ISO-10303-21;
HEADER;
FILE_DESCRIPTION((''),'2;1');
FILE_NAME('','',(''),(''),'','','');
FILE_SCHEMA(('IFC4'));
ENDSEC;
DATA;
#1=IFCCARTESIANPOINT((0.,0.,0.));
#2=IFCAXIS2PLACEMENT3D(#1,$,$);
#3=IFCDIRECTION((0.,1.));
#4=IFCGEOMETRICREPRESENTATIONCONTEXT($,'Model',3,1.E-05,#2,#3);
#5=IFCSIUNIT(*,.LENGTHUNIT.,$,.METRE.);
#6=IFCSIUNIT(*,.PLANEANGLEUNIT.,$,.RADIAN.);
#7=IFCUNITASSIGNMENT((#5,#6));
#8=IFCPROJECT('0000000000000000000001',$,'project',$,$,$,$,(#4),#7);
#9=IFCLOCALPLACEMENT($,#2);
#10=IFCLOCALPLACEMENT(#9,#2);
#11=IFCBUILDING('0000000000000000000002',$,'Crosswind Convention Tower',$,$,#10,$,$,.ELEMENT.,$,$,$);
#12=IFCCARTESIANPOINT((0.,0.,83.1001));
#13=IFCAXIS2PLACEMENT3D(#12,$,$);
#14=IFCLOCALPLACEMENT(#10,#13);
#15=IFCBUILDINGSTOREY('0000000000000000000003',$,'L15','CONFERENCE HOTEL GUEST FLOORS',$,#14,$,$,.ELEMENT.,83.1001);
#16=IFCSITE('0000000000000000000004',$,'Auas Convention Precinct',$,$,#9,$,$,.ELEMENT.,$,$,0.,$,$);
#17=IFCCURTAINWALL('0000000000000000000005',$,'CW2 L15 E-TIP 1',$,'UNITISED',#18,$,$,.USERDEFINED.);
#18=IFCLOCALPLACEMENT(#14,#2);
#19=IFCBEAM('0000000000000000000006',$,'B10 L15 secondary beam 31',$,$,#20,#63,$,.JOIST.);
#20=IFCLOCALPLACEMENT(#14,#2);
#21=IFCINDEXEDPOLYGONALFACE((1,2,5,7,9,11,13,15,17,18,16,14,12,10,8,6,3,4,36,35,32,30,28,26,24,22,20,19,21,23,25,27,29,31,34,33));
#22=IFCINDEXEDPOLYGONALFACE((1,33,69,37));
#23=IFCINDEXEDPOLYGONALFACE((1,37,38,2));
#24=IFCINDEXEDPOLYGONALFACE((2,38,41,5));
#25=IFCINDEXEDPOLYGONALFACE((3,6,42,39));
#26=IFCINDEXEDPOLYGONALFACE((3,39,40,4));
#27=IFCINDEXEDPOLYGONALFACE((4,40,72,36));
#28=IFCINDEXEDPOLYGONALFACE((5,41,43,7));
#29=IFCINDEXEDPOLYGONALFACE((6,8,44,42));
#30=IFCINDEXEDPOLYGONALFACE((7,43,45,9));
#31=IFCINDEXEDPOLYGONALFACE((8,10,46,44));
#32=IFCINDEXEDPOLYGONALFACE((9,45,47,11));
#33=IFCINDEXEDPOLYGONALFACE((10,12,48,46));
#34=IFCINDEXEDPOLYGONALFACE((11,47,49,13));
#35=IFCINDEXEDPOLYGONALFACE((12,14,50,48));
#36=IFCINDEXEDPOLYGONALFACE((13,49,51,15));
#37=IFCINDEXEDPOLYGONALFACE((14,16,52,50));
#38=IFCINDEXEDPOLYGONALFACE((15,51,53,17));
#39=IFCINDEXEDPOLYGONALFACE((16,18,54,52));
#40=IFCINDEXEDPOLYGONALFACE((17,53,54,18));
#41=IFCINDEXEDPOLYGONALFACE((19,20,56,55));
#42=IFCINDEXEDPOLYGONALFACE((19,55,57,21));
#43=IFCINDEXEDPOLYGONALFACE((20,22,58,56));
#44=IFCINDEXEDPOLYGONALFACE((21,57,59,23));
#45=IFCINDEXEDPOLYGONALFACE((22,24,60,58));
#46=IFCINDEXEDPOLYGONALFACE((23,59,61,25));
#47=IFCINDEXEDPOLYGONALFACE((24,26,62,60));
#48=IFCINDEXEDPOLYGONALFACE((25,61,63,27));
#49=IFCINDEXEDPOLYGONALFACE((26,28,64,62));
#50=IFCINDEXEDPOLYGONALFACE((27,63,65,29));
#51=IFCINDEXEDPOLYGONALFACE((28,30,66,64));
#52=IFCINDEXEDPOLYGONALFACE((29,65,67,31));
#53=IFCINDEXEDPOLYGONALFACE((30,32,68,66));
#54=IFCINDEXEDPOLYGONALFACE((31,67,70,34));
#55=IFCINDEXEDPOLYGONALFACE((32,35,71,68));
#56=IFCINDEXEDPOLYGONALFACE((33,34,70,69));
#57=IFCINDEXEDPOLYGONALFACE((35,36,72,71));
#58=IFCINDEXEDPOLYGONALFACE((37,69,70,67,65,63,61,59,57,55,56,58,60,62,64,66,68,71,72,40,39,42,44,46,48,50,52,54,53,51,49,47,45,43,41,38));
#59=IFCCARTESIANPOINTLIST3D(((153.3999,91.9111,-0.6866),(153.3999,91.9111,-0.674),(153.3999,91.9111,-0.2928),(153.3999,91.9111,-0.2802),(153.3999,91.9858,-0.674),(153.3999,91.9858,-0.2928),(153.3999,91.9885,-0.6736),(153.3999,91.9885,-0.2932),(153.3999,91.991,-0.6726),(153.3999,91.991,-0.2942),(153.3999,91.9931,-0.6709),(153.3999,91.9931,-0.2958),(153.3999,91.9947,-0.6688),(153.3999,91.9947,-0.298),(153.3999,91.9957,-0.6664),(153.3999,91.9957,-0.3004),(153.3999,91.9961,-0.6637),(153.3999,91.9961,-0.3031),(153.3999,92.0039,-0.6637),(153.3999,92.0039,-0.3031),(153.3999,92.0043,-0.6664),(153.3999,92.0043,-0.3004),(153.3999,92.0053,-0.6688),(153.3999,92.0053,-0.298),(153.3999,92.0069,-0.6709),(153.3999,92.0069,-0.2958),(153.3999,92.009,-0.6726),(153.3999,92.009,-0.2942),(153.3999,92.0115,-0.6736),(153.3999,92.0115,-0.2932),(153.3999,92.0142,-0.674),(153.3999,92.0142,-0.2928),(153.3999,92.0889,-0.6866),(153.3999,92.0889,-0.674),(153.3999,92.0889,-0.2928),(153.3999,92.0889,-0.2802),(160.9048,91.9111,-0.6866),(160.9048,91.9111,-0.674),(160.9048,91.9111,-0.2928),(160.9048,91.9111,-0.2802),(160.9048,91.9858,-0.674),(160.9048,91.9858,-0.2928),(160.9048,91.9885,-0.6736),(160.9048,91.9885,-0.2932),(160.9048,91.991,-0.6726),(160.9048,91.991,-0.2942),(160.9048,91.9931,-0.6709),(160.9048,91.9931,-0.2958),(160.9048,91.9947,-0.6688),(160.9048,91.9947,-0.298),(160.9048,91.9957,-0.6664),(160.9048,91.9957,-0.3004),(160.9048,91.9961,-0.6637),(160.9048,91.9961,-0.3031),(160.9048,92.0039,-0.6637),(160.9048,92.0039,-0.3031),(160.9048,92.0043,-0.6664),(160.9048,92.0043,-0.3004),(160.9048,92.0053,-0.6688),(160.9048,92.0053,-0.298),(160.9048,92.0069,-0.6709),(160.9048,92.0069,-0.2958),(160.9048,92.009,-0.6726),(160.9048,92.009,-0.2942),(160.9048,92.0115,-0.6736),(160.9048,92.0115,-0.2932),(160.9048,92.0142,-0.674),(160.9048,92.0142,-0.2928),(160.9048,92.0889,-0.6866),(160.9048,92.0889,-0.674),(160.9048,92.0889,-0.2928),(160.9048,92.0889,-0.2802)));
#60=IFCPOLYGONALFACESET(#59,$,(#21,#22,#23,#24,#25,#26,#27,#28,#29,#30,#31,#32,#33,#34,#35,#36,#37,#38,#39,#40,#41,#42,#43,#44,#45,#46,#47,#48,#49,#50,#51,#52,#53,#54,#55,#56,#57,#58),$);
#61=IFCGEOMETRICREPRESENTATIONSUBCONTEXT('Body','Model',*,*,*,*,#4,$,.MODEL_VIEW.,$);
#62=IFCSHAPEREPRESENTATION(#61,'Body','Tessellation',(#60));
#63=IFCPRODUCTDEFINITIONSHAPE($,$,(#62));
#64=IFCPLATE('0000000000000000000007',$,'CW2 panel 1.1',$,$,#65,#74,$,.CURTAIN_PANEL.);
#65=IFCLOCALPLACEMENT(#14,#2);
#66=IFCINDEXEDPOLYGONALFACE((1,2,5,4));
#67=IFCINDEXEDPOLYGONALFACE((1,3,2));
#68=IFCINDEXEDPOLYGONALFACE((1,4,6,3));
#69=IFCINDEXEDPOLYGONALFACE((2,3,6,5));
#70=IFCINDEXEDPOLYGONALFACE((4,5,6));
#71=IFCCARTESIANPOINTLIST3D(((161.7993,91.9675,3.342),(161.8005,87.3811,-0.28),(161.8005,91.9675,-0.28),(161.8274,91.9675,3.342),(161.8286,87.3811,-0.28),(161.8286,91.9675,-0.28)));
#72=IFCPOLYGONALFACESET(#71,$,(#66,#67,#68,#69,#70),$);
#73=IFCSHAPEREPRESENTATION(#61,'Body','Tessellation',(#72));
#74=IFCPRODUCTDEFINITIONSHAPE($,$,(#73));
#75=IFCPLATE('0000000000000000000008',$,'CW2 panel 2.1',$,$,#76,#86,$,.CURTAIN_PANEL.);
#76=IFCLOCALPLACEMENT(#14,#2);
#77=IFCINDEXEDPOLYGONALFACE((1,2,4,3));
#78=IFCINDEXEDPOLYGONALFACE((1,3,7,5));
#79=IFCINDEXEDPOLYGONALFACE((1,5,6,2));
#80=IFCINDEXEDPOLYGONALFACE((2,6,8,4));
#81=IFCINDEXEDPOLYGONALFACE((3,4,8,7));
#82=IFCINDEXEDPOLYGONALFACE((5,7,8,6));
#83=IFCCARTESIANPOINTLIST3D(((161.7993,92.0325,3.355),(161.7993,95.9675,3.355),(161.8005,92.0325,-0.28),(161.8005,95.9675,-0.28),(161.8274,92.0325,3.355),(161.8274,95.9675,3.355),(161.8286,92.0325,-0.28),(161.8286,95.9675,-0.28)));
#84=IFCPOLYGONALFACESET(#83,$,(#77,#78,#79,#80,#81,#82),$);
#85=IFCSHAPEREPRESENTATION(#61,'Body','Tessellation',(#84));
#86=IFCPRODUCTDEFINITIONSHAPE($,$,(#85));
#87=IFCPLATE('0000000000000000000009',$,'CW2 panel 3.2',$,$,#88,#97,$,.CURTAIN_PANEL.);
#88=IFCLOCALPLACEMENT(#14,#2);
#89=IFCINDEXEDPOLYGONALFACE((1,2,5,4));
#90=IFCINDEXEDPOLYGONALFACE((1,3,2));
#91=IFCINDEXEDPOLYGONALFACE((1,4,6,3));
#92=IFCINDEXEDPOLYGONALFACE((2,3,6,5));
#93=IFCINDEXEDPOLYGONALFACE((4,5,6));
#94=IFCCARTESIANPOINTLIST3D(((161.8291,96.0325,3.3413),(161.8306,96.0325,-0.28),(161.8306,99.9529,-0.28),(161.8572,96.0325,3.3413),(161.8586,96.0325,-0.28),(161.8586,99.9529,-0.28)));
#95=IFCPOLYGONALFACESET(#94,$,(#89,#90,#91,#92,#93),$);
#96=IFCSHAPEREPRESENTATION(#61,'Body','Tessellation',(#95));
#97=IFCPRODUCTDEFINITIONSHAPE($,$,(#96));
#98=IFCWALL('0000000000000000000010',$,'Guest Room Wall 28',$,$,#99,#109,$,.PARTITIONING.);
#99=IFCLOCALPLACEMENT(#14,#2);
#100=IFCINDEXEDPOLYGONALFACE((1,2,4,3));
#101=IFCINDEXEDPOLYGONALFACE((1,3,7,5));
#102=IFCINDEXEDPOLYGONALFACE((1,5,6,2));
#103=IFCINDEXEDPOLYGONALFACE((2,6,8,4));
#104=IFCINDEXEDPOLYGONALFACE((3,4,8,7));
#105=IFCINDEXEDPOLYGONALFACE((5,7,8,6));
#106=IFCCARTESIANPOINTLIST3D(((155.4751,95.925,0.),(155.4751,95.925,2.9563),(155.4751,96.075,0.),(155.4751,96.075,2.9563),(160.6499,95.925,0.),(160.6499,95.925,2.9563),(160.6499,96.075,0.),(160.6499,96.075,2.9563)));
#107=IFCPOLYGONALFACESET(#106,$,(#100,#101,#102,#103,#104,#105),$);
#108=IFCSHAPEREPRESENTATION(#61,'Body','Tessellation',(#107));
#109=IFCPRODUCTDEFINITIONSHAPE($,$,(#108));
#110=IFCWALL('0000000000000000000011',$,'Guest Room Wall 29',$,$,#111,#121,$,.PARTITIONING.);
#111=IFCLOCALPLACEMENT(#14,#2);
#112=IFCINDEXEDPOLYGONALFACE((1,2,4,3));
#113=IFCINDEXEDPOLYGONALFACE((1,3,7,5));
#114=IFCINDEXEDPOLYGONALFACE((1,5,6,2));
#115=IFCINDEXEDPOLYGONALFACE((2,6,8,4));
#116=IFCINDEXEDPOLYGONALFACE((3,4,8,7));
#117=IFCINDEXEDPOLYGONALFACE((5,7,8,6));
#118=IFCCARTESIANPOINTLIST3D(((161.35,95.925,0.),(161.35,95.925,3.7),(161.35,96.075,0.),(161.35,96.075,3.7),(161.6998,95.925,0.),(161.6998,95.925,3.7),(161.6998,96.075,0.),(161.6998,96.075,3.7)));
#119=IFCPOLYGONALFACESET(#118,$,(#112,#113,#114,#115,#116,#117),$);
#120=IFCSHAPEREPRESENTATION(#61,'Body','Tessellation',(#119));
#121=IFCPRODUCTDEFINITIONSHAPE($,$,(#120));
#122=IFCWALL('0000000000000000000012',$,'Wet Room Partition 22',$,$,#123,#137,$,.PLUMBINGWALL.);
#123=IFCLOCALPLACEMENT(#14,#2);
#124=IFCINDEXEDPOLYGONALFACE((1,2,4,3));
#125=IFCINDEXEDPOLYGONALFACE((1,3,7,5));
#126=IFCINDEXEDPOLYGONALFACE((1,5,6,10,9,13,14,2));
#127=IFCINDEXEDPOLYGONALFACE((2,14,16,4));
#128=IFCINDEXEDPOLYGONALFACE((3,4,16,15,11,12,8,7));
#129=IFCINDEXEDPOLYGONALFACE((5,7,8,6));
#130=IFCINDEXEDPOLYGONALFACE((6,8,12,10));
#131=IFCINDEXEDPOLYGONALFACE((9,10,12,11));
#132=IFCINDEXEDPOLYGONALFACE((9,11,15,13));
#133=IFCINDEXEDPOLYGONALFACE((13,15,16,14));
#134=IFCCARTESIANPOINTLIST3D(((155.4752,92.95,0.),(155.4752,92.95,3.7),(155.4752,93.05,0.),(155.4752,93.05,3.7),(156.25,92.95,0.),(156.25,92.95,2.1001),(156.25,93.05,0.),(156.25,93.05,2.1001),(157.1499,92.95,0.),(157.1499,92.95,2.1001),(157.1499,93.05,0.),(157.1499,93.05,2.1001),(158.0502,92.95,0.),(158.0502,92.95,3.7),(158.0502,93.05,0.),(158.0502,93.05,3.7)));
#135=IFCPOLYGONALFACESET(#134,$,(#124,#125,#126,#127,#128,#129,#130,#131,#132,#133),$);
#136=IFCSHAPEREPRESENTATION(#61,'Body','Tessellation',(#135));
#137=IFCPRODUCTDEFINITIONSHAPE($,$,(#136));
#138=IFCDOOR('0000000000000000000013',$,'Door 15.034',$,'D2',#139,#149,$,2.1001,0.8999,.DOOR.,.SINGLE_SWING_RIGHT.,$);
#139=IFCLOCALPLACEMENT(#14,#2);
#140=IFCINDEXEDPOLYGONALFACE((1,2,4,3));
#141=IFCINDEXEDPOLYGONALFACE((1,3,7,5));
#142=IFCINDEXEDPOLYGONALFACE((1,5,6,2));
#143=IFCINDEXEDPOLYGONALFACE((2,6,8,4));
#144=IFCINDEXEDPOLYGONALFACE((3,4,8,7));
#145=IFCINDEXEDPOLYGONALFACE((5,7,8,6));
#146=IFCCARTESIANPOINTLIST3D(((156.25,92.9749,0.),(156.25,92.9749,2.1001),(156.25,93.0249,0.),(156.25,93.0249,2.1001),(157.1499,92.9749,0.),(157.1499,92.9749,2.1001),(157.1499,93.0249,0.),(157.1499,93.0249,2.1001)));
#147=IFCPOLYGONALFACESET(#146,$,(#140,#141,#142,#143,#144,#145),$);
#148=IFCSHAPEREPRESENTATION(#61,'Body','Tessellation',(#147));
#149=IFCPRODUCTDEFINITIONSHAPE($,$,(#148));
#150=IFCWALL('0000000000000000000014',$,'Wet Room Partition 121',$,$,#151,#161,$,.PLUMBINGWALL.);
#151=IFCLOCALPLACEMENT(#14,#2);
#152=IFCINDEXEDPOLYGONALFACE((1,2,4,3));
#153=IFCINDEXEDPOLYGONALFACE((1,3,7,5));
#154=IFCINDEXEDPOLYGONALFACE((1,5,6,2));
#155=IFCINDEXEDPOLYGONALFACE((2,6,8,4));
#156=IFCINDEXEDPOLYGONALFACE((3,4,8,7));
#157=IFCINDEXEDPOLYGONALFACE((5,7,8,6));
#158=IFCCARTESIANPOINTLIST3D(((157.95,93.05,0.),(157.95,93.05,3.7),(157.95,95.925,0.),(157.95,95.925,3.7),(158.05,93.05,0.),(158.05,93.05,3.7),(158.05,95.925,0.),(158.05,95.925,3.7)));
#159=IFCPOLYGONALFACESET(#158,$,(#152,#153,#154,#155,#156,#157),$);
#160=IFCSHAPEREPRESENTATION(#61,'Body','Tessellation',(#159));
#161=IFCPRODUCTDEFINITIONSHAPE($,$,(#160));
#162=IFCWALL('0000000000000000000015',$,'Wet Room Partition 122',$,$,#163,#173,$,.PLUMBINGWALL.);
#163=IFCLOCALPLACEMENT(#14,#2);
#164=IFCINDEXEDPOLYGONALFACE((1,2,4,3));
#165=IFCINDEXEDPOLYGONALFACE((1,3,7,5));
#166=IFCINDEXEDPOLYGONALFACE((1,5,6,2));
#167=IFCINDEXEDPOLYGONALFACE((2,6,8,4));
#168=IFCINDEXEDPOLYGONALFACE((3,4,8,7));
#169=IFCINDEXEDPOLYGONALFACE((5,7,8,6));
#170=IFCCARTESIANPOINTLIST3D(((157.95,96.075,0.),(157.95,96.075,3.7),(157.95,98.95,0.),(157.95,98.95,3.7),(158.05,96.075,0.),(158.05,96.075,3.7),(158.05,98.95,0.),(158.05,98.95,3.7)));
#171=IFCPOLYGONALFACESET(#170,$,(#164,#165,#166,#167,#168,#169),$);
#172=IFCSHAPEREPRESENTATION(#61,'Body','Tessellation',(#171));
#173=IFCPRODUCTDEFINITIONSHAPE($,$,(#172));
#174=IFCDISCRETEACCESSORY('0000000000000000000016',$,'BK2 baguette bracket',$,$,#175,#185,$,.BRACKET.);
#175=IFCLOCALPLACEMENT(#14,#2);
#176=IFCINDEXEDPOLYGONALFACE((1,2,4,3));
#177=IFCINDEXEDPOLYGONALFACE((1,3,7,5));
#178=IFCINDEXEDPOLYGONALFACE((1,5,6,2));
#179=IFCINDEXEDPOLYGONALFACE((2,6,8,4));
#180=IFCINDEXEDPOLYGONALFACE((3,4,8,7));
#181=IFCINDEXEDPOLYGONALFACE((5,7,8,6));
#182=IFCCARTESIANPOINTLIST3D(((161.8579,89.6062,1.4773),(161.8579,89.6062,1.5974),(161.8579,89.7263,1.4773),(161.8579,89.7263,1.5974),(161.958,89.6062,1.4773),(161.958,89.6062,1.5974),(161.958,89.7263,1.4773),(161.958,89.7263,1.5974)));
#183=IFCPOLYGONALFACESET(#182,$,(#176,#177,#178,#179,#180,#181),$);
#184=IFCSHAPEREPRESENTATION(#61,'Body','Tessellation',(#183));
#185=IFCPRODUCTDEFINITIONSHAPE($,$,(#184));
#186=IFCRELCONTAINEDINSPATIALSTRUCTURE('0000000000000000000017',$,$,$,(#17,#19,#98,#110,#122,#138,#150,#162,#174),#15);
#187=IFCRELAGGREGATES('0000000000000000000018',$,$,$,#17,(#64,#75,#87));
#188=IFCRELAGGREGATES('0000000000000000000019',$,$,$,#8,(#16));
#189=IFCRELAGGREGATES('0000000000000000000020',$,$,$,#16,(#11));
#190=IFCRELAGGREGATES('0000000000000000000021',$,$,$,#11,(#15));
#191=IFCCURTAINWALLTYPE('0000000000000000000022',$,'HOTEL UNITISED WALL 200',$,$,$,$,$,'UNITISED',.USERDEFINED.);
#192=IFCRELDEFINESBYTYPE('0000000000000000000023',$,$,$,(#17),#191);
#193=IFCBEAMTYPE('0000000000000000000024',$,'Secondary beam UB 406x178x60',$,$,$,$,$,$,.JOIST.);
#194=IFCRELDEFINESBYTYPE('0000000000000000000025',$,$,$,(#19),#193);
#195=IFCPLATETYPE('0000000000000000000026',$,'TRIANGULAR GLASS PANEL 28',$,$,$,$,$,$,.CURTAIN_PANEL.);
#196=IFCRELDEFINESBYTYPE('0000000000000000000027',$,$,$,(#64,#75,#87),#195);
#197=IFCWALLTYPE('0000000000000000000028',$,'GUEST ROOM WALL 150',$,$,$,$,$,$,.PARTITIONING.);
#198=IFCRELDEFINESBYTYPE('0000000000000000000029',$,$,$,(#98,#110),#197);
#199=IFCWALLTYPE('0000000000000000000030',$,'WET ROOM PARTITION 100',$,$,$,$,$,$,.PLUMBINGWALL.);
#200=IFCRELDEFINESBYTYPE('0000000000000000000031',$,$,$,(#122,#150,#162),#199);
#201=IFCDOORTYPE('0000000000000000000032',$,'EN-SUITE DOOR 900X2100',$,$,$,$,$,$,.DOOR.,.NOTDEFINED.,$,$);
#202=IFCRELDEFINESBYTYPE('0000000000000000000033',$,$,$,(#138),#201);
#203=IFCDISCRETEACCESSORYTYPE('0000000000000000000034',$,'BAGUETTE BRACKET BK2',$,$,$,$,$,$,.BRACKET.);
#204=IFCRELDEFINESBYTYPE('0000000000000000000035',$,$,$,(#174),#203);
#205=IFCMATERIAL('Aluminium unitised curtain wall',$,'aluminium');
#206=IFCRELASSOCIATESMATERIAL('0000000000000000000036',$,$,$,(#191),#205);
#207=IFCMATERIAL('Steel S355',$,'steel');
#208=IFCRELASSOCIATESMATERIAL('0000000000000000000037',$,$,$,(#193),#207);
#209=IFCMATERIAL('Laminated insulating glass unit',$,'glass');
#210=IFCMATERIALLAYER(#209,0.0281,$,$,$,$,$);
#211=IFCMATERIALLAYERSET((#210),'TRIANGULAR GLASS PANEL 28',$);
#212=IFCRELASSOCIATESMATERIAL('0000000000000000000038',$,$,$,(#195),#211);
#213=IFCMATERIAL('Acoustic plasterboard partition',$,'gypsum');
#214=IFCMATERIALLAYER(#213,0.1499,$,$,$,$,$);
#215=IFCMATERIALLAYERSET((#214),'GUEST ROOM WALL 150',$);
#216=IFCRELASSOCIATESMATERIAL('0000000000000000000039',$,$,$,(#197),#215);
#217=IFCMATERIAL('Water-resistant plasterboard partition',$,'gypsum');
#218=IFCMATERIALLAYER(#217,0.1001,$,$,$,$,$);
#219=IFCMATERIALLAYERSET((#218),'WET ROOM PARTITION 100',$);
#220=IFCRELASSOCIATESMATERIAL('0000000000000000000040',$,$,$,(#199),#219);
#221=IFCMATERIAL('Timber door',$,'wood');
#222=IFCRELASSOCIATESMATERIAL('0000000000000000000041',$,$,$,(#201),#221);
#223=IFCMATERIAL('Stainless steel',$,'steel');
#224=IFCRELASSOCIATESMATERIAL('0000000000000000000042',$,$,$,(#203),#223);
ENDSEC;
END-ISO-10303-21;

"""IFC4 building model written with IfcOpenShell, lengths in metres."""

from ifc_helpers import new_model, si_unit, direction, frame, frame_2d, origin, origin_2d, place, context, subcontext, project, spatial, polyline, rectangle, i_section, outline, extrude, material, layer, layer_set, material_profile, profile_set, type_object, element, fill, aggregate, save


model = new_model("IFC4")

# Units and contexts
model_context = context("Model", 3, precision=1e-05, world=origin(), true_north=direction((0.0, 1.0)))
body_context = subcontext(model_context, "Body", "Model", "MODEL_VIEW")
ifc_project = project(units=[si_unit("LENGTHUNIT", "METRE"), si_unit("PLANEANGLEUNIT", "RADIAN")], contexts=[model_context])

# Site, building, storey
site_placement = place(None, origin())
site = spatial("IfcSite", under=ifc_project, at=site_placement, Name="Auas Convention Precinct", CompositionType="ELEMENT", RefElevation=0.0)
building_placement = place(site_placement, origin())
building = spatial("IfcBuilding", under=site, at=building_placement, Name="Crosswind Convention Tower", CompositionType="ELEMENT")
storey_placement = place(building_placement, frame((0.0, 0.0, 83.1001)))
storey = spatial("IfcBuildingStorey", under=building, at=storey_placement, Name="L15", Description="CONFERENCE HOTEL GUEST FLOORS", CompositionType="ELEMENT", Elevation=83.1001)

# Shared definitions
ifc_material_1 = material(Name="Steel S355", Category="steel")

# Curtain wall
ifc_material_2 = material(Name="Aluminium unitised curtain wall", Category="aluminium")
curtain_wall_type = type_object("IfcCurtainWallType", Name="HOTEL UNITISED WALL 200", ElementType="UNITISED", PredefinedType="USERDEFINED", material=ifc_material_2)
curtain_wall_placement = place(storey_placement, origin())
curtain_wall = element("IfcCurtainWall", 1, at=curtain_wall_placement, inside=storey, type_object=curtain_wall_type, Name="CW2 L15 E-TIP 1", ObjectType="UNITISED", PredefinedType="USERDEFINED")

# Beam
ifc_material_profile_1 = material_profile(ifc_material_1, i_section(OverallWidth=0.1777, OverallDepth=0.4065, WebThickness=0.0078, FlangeThickness=0.0127, FilletRadius=0.0103, at=origin_2d()), Name="UB 406x178x60")
ifc_profile_set_1 = profile_set([ifc_material_profile_1], Name="Steel S355")
beam_type_1 = type_object("IfcBeamType", Name="Secondary beam UB 406x178x60", PredefinedType="JOIST", material=ifc_profile_set_1)
beam_1_placement = place(storey_placement, frame((153.3999, 92.0, -0.4834), z_axis=(1.0, 0.0, 0.0), x_axis=(0.0, 1.0, 0.0)))
element("IfcBeam", 2, at=beam_1_placement, inside=storey, type_object=beam_type_1, Name="B10 L15 secondary beam 31", PredefinedType="JOIST", context=body_context, shape_type="SweptSolid", body=[
    extrude(i_section(OverallWidth=0.1777, OverallDepth=0.4065, WebThickness=0.0078, FlangeThickness=0.0127, FilletRadius=0.0103, at=origin_2d()), origin(), (0.0, 0.0, 1.0), 7.5049),
])

# Plates
ifc_material_3 = material(Name="Laminated insulating glass unit", Category="glass")
ifc_layer_1 = layer(ifc_material_3, 0.0281)
ifc_layer_set_1 = layer_set([ifc_layer_1], Name="TRIANGULAR GLASS PANEL 28")
plate_type = type_object("IfcPlateType", Name="TRIANGULAR GLASS PANEL 28", PredefinedType="CURTAIN_PANEL", material=ifc_layer_set_1)
plate_1_placement = place(storey_placement, frame((161.8286, 91.9675, -0.28), z_axis=(1.0, 0.0, 0.000337), x_axis=(-0.000337, 0.0, 1.0)))
plate_1 = element("IfcPlate", 3, at=plate_1_placement, type_object=plate_type, Name="CW2 panel 1.1", PredefinedType="CURTAIN_PANEL", context=body_context, shape_type="SweptSolid", body=[
    extrude(outline(polyline([(0.0, 0.0), (3.6221, 0.0), (0.0, 4.5864), (0.0, 0.0)])), origin(), (0.0, 0.0, -1.0), 0.0281),
])
plate_2_placement = place(storey_placement, frame((161.8286, 92.0325, -0.28), z_axis=(1.0, 0.0, 0.000336), x_axis=(0.0, 1.0, 0.0)))
plate_2 = element("IfcPlate", 4, at=plate_2_placement, type_object=plate_type, Name="CW2 panel 2.1", PredefinedType="CURTAIN_PANEL", context=body_context, shape_type="SweptSolid", body=[
    extrude(outline(polyline([(0.0, 0.0), (3.9351, 0.0), (3.9351, 3.635), (0.0, 3.635), (0.0, 0.0)])), origin(), (0.0, 0.0, -1.0), 0.0281),
])
plate_3_placement = place(storey_placement, frame((161.8586, 96.0325, -0.28), z_axis=(1.0, 0.0, 0.000405), x_axis=(0.0, 1.0, 0.0)))
plate_3 = element("IfcPlate", 5, at=plate_3_placement, type_object=plate_type, Name="CW2 panel 3.2", PredefinedType="CURTAIN_PANEL", context=body_context, shape_type="SweptSolid", body=[
    extrude(outline(polyline([(0.0, 0.0), (3.9204, 0.0), (0.0, 3.6213), (0.0, 0.0)])), origin(), (0.0, 0.0, -1.0), 0.0281),
])
aggregate(curtain_wall, [plate_1, plate_2, plate_3])

# Walls
ifc_material_4 = material(Name="Acoustic plasterboard partition", Category="gypsum")
ifc_layer_2 = layer(ifc_material_4, 0.1499)
ifc_layer_set_2 = layer_set([ifc_layer_2], Name="GUEST ROOM WALL 150")
wall_type_1 = type_object("IfcWallType", Name="GUEST ROOM WALL 150", PredefinedType="PARTITIONING", material=ifc_layer_set_2)
wall_1_placement = place(storey_placement, frame((155.4751, 96.0, 0.0), z_axis=(0.0, 0.0, 1.0), x_axis=(1.0, 0.0, 0.0)))
element("IfcWall", 6, at=wall_1_placement, inside=storey, type_object=wall_type_1, Name="Guest Room Wall 28", PredefinedType="PARTITIONING", context=body_context, shape_type="SweptSolid", body=[
    extrude(rectangle(XDim=5.1748, YDim=0.1499, at=frame_2d((2.5874, 0.0))), origin(), (0.0, 0.0, 1.0), 2.9563),
])
wall_2_placement = place(storey_placement, frame((161.3501, 96.0, 0.0), z_axis=(0.0, 0.0, 1.0), x_axis=(1.0, 0.0, 0.0)))
element("IfcWall", 7, at=wall_2_placement, inside=storey, type_object=wall_type_1, Name="Guest Room Wall 29", PredefinedType="PARTITIONING", context=body_context, shape_type="SweptSolid", body=[
    extrude(rectangle(XDim=0.3499, YDim=0.1499, at=frame_2d((0.1748, 0.0))), origin(), (0.0, 0.0, 1.0), 3.7),
])

# Wall, opening, door
ifc_material_5 = material(Name="Water-resistant plasterboard partition", Category="gypsum")
ifc_layer_3 = layer(ifc_material_5, 0.1001)
ifc_layer_set_3 = layer_set([ifc_layer_3], Name="WET ROOM PARTITION 100")
wall_type_2 = type_object("IfcWallType", Name="WET ROOM PARTITION 100", PredefinedType="PLUMBINGWALL", material=ifc_layer_set_3)
wall_3_placement = place(storey_placement, frame((155.4751, 93.0, 0.0), z_axis=(0.0, 0.0, 1.0), x_axis=(1.0, 0.0, 0.0)))
wall_3 = element("IfcWall", 8, at=wall_3_placement, inside=storey, type_object=wall_type_2, Name="Wet Room Partition 22", PredefinedType="PLUMBINGWALL", context=body_context, shape_type="SweptSolid", body=[
    extrude(rectangle(XDim=2.575, YDim=0.1001, at=frame_2d((1.2876, 0.0))), origin(), (0.0, 0.0, 1.0), 3.7),
])
opening_1_placement = place(wall_3_placement, frame((0.7749, 0.0, 0.0)))
opening_1 = element("IfcOpeningElement", 9, at=opening_1_placement, cuts=wall_3, PredefinedType="OPENING", context=body_context, shape_type="SweptSolid", body=[
    extrude(rectangle(XDim=0.8999, YDim=2.1001, at=frame_2d((0.45, 1.05))), frame((0.0, 0.0601, 0.0), z_axis=(0.0, -1.0, 0.0), x_axis=(1.0, 0.0, 0.0)), (0.0, 0.0, 1.0), 0.1201),
])
ifc_material_6 = material(Name="Timber door", Category="wood")
door_type_1 = type_object("IfcDoorType", Name="EN-SUITE DOOR 900X2100", OperationType="NOTDEFINED", PredefinedType="DOOR", material=ifc_material_6)
door_1_placement = place(opening_1_placement, origin())
door_1 = element("IfcDoor", 10, at=door_1_placement, inside=storey, type_object=door_type_1, Name="Door 15.034", ObjectType="D2", OperationType="SINGLE_SWING_RIGHT", OverallHeight=2.1001, OverallWidth=0.8999, PredefinedType="DOOR", context=body_context, shape_type="SweptSolid", body=[
    extrude(rectangle(XDim=0.8999, YDim=2.1001, at=frame_2d((0.45, 1.05))), frame((0.0, 0.0249, 0.0), z_axis=(0.0, -1.0, 0.0), x_axis=(1.0, 0.0, 0.0)), (0.0, 0.0, 1.0), 0.05),
])
fill(opening_1, door_1)

# Walls
for number, where, z_axis, x_axis, name in (
    (11, (158.0, 93.05, 0.0), (0.0, 0.0, 1.0), (0.0, 1.0, 0.0), "Wet Room Partition 121"),
    (12, (158.0, 96.075, 0.0), (0.0, 0.0, 1.0), (0.0, 1.0, 0.0), "Wet Room Partition 122"),
):
    element("IfcWall", number, at=place(storey_placement, frame(where, z_axis=z_axis, x_axis=x_axis)), inside=storey, type_object=wall_type_2, Name=name, PredefinedType="PLUMBINGWALL", context=body_context, shape_type="SweptSolid", body=[
        extrude(rectangle(XDim=2.875, YDim=0.1001, at=frame_2d((1.4375, 0.0))), origin(), (0.0, 0.0, 1.0), 3.7),
    ])

# Discrete accessory
ifc_material_7 = material(Name="Stainless steel", Category="steel")
discrete_accessory_type = type_object("IfcDiscreteAccessoryType", Name="BAGUETTE BRACKET BK2", PredefinedType="BRACKET", material=ifc_material_7)
discrete_accessory_placement = place(storey_placement, frame((161.908, 89.6663, 1.4773), z_axis=(0.0, 0.0, 1.0), x_axis=(0.0, 1.0, 0.0)))
element("IfcDiscreteAccessory", 13, at=discrete_accessory_placement, inside=storey, type_object=discrete_accessory_type, Name="BK2 baguette bracket", PredefinedType="BRACKET", context=body_context, shape_type="SweptSolid", body=[
    extrude(rectangle(XDim=0.1201, YDim=0.1001, at=origin_2d()), origin(), (0.0, 0.0, 1.0), 0.1201),
])

save(model, "model.ifc")
